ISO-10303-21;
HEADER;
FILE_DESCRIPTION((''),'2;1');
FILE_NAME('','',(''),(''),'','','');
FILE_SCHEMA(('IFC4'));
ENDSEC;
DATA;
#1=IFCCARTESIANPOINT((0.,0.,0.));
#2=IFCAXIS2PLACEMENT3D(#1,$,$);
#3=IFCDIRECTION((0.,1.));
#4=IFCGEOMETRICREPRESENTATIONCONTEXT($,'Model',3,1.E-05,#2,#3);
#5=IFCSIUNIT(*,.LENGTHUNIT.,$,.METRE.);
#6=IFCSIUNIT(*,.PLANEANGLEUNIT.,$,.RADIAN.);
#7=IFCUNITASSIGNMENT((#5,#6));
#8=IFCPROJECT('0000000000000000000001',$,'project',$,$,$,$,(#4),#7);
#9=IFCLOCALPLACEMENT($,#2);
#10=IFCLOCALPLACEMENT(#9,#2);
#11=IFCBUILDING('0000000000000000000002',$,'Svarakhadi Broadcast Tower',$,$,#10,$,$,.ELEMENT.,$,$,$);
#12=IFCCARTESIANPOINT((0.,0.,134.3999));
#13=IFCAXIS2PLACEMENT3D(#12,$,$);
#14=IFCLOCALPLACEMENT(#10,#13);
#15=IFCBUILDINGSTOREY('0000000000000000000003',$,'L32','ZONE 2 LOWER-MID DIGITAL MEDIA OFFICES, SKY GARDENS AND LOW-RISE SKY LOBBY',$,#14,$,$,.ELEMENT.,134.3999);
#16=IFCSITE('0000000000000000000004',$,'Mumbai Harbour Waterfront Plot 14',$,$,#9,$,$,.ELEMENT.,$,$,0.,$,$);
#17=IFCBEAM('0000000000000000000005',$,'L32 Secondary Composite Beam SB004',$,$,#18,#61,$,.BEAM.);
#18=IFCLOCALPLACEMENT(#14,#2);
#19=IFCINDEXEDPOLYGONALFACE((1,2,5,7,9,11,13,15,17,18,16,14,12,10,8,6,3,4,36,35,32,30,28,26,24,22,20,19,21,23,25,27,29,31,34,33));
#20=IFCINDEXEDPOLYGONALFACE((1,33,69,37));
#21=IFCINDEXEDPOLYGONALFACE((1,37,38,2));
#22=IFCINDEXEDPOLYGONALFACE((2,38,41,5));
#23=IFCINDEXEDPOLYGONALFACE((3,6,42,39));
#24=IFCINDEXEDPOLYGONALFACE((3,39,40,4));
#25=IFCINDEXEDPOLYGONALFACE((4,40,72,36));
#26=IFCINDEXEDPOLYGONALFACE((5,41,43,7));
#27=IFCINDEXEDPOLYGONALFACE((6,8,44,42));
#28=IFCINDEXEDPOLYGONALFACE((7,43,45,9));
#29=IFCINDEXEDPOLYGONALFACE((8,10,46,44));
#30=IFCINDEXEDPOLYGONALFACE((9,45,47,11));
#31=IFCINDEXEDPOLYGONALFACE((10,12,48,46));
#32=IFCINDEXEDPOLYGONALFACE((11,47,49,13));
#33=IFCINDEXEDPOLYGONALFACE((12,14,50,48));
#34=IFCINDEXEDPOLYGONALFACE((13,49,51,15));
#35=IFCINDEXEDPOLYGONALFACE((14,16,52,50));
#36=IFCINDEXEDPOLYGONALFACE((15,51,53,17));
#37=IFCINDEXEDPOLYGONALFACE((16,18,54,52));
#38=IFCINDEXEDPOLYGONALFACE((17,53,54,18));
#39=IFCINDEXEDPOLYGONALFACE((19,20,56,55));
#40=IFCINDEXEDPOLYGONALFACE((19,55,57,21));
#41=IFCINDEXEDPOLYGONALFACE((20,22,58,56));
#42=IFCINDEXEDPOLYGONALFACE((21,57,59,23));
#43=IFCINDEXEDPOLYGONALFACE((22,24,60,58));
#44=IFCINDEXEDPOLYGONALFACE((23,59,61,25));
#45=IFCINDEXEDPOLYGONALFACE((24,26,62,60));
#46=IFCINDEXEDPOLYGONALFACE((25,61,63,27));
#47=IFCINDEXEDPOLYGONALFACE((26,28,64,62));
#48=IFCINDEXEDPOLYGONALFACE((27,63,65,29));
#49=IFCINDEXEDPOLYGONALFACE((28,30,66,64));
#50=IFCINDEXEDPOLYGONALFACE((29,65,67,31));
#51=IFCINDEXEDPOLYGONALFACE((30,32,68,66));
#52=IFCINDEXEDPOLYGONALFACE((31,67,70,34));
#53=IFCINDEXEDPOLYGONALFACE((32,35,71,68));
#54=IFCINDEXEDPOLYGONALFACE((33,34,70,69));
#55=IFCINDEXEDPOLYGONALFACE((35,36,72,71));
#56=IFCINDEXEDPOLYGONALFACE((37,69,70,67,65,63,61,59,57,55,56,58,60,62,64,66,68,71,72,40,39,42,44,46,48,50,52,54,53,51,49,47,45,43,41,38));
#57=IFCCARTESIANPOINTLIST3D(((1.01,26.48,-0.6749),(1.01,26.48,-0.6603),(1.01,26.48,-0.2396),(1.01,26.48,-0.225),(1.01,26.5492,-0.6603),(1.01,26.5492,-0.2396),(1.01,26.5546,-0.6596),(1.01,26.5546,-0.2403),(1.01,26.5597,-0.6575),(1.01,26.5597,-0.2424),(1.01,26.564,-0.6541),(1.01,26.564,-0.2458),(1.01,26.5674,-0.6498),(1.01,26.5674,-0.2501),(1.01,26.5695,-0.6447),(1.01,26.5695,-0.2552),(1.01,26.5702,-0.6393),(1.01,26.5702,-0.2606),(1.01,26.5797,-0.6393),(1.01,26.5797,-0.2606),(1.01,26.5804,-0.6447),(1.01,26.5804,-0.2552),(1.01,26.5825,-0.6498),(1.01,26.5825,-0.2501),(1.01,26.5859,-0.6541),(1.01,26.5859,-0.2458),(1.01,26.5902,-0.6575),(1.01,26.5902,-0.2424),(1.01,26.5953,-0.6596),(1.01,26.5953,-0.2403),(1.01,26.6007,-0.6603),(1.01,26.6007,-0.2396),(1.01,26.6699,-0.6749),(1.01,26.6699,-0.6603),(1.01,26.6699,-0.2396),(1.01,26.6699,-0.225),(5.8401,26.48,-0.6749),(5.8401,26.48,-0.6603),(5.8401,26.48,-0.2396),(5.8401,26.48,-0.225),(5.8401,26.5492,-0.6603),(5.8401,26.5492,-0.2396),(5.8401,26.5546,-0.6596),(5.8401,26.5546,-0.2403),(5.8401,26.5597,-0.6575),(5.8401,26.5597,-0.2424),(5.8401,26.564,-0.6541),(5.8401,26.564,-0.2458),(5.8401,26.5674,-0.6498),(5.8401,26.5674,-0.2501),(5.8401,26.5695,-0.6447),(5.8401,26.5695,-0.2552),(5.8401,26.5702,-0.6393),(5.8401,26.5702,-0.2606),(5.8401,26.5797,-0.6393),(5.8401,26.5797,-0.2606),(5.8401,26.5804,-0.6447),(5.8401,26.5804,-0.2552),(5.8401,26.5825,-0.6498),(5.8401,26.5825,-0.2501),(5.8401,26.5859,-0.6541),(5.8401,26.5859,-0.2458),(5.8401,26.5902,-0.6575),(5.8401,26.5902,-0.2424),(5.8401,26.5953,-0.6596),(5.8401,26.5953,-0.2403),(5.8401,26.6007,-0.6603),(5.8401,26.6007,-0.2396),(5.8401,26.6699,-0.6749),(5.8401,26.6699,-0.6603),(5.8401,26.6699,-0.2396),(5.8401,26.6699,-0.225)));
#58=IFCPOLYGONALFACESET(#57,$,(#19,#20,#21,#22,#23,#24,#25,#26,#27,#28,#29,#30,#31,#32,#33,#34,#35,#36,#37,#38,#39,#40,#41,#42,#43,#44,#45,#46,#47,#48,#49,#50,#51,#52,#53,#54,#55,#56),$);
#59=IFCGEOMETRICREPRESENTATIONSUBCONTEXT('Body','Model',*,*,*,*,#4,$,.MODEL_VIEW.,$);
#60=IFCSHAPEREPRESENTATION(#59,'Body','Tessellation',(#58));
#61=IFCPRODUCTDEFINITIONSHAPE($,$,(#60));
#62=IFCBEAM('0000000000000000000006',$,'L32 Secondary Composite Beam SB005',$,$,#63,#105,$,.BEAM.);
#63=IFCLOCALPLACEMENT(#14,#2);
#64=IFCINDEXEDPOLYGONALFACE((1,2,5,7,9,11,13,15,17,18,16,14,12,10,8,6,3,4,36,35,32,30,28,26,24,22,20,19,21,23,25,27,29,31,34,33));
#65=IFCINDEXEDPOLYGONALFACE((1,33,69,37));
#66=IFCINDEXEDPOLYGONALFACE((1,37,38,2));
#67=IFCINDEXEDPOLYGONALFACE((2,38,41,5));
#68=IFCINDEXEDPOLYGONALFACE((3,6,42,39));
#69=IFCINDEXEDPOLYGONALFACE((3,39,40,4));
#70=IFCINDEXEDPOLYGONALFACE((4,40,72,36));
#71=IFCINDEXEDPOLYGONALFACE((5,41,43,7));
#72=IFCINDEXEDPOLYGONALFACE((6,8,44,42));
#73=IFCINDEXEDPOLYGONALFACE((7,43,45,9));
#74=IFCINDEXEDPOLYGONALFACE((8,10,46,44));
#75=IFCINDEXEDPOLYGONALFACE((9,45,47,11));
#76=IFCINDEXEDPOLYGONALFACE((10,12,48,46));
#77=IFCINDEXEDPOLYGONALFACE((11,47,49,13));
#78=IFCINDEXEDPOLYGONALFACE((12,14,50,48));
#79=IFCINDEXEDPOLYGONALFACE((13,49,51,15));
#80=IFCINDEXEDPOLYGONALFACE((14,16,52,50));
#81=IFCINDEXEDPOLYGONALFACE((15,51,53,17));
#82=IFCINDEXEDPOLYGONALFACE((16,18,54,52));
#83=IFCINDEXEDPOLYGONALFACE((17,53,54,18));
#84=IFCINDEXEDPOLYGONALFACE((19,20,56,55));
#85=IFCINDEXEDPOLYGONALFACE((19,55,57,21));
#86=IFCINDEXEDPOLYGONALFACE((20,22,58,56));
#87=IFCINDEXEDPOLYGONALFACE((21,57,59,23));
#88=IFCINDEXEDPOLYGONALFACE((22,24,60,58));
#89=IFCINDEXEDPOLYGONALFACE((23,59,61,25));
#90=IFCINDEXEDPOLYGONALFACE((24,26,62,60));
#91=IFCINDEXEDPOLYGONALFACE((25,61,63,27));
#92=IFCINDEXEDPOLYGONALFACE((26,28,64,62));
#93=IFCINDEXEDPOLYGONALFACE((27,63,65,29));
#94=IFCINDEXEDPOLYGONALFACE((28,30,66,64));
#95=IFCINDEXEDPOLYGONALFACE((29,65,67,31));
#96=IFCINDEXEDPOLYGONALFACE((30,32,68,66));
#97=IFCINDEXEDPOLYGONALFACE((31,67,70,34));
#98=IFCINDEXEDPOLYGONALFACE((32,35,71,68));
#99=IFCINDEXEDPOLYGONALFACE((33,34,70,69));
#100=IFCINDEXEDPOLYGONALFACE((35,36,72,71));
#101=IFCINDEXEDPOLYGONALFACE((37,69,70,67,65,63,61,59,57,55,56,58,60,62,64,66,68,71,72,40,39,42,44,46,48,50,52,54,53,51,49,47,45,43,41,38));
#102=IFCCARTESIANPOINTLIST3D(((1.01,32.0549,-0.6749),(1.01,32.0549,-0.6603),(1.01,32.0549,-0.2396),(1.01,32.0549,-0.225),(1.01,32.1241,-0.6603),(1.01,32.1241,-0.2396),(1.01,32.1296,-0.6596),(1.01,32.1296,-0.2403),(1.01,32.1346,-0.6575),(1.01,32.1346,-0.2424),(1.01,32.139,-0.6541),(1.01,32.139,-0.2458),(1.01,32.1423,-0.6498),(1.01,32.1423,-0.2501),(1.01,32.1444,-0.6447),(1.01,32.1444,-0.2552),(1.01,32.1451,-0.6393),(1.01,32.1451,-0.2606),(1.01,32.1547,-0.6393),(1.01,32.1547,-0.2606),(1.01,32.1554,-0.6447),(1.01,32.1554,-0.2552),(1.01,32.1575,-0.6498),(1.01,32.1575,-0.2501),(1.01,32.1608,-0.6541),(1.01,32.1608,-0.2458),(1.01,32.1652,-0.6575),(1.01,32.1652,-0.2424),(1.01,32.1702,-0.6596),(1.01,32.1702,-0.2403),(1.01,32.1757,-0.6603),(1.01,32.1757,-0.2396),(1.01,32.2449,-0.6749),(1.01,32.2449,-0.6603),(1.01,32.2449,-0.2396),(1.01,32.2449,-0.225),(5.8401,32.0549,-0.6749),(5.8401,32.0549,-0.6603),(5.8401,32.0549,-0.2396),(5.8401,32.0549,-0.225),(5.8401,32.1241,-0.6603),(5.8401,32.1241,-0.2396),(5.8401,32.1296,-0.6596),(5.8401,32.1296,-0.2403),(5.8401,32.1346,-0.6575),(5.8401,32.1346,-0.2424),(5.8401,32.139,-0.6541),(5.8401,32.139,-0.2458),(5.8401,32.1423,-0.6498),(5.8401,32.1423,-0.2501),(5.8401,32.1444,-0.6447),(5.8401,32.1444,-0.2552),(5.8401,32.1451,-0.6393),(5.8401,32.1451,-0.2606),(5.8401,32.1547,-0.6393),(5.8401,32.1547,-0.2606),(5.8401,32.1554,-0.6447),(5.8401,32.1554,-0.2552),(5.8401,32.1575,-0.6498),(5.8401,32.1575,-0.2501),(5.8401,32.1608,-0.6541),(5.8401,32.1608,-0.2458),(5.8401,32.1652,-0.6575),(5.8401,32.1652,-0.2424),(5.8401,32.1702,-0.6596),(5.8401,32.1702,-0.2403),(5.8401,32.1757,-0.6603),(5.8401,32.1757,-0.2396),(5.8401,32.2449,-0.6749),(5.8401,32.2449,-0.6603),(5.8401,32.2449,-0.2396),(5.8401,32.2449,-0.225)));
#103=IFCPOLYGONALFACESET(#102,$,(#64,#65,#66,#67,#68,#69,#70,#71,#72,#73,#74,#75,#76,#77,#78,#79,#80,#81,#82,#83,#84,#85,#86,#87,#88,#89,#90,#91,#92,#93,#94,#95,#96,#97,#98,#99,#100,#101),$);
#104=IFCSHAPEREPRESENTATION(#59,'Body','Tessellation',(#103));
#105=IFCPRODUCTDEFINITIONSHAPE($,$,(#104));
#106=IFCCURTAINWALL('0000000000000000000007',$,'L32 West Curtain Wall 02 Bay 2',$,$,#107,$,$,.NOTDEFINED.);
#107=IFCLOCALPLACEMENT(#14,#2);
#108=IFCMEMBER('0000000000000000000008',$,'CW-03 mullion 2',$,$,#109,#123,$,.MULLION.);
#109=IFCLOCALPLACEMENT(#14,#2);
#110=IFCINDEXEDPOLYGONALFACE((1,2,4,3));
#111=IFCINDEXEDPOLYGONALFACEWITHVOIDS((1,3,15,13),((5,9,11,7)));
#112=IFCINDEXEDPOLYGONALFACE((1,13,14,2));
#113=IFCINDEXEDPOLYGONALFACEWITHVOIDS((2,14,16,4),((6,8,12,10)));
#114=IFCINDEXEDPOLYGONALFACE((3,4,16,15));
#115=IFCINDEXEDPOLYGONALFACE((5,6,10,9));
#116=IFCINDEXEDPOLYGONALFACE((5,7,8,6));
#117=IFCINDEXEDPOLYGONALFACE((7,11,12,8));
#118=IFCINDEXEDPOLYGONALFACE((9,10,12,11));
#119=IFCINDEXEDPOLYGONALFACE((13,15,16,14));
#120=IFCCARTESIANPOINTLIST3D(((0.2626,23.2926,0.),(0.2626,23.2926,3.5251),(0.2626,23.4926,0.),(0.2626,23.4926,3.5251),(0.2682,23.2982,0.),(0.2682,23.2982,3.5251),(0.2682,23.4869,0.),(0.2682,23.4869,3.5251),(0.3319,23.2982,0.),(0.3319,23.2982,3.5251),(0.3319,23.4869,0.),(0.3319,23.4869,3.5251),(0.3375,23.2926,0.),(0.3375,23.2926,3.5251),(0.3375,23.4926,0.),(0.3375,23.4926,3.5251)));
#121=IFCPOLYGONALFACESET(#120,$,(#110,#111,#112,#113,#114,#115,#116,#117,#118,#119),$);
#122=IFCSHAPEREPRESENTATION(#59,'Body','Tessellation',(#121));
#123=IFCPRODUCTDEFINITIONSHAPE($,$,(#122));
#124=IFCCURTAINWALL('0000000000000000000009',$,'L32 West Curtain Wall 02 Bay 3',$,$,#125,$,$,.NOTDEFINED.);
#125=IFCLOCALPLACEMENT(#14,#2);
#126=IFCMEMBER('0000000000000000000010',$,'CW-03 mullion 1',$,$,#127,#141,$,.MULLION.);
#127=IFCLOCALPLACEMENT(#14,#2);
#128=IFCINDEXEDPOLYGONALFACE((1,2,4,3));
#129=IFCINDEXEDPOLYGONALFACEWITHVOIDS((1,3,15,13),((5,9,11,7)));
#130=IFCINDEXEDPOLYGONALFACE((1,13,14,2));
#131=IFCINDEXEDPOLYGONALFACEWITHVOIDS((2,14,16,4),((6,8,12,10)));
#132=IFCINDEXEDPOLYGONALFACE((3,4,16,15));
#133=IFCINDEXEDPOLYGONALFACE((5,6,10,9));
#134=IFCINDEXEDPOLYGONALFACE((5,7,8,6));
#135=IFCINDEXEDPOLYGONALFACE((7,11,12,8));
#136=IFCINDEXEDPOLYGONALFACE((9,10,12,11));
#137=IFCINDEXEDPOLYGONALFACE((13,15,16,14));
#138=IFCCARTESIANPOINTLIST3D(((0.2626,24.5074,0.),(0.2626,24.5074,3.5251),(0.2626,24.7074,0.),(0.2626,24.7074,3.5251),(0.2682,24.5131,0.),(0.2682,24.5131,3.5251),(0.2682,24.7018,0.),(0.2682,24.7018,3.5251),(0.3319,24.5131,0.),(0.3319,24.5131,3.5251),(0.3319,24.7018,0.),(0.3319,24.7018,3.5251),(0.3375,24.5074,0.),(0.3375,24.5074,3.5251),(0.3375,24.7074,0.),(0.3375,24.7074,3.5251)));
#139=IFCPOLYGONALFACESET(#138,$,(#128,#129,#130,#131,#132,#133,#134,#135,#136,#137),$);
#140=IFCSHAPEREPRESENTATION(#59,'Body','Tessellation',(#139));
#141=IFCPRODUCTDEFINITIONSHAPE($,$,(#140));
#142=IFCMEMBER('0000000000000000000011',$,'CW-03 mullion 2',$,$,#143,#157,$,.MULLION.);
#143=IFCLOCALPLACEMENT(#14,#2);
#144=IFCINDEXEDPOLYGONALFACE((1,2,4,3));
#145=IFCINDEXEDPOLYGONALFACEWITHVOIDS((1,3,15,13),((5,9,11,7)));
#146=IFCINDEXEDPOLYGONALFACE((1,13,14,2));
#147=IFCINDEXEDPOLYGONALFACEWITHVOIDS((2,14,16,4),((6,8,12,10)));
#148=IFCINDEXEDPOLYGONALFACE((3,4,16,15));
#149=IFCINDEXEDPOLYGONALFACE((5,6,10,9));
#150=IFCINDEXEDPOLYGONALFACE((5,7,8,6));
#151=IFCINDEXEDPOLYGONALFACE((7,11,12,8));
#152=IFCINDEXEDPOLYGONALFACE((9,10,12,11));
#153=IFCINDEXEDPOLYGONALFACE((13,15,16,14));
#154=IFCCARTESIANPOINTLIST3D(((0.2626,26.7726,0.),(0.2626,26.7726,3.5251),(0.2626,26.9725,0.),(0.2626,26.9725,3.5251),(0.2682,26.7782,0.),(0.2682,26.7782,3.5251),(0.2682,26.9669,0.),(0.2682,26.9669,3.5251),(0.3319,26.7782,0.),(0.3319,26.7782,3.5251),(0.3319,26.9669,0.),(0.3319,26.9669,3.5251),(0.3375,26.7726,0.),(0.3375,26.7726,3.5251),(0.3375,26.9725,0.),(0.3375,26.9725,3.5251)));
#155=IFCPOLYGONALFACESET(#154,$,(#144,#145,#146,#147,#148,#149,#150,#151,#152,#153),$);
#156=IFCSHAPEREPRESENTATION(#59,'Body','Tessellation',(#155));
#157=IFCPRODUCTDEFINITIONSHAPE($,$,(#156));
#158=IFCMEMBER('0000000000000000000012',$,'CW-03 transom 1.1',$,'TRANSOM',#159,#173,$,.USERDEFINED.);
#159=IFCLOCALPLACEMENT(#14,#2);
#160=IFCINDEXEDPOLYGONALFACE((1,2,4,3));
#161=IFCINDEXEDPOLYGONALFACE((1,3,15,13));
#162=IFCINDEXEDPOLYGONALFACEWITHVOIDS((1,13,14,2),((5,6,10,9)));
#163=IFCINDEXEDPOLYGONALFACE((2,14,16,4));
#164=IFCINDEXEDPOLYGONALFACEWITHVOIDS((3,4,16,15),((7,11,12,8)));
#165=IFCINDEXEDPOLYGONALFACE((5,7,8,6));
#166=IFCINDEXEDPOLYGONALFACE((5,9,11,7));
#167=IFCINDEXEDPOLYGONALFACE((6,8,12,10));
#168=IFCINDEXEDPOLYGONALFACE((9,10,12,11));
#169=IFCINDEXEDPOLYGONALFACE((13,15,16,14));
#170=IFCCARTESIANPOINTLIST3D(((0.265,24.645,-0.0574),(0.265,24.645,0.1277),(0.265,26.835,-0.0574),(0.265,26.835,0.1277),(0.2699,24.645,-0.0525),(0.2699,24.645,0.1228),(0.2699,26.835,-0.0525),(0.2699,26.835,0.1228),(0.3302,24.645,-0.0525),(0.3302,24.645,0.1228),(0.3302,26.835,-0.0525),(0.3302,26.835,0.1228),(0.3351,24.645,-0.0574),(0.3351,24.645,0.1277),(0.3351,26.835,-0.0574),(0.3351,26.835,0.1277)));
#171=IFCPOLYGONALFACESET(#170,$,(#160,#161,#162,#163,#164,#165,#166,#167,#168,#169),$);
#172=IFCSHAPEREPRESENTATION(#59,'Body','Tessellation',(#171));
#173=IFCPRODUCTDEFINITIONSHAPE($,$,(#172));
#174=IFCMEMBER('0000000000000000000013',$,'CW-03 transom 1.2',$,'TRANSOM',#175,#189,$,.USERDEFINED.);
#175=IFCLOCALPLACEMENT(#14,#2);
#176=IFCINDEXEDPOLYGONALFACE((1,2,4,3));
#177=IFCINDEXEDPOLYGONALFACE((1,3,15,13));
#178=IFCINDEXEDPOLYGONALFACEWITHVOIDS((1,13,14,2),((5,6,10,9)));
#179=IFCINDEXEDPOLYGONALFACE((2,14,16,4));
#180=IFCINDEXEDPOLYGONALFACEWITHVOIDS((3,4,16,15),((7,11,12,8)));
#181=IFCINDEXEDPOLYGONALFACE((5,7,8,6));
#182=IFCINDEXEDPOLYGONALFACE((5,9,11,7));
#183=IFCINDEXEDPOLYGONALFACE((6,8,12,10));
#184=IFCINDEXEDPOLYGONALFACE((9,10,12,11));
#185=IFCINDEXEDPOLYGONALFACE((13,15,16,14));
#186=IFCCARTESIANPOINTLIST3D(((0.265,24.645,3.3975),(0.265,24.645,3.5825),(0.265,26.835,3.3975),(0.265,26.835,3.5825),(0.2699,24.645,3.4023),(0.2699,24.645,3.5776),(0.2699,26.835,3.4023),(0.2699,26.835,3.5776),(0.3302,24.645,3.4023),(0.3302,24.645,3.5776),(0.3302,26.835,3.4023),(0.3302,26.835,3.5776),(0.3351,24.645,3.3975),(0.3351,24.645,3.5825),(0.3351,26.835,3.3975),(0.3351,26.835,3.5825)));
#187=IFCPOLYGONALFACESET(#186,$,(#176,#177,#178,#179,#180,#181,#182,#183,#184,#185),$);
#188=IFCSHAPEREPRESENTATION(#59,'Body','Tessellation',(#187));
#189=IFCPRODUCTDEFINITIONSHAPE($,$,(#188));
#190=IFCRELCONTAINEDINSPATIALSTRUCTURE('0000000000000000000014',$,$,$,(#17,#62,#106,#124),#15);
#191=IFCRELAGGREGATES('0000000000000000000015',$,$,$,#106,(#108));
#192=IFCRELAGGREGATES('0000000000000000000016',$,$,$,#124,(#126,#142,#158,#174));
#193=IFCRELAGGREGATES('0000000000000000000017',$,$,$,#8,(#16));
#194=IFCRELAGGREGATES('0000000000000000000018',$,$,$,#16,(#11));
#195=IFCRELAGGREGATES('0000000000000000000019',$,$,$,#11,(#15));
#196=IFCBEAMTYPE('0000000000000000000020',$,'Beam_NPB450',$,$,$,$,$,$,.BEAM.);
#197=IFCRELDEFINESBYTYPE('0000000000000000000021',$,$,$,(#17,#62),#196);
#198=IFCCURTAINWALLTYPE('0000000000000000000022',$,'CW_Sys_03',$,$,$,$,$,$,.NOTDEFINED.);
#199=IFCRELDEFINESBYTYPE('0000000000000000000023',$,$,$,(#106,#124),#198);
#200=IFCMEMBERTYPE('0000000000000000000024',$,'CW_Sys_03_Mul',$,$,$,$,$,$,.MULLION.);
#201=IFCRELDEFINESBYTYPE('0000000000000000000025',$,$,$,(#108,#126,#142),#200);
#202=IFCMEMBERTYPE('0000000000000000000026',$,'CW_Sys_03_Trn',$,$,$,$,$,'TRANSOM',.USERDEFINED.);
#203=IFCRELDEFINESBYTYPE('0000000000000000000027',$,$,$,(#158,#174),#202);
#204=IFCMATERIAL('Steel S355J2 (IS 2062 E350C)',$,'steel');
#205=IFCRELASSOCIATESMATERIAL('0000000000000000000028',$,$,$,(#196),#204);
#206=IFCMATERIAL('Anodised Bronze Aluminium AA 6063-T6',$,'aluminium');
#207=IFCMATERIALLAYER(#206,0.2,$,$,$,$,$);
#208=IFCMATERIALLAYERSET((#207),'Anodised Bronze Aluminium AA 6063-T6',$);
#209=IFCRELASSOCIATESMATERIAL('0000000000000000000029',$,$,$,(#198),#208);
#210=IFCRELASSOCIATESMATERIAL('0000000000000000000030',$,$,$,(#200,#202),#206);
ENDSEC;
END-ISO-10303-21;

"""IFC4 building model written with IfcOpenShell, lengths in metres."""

from ifc_helpers import new_model, si_unit, direction, frame, origin, origin_2d, place, context, subcontext, project, spatial, hollow_rectangle, i_section, extrude, material, layer, layer_set, material_profile, profile_set, type_object, element, aggregate, save


model = new_model("IFC4")

# Units and contexts
model_context = context("Model", 3, precision=1e-05, world=origin(), true_north=direction((0.0, 1.0)))
body_context = subcontext(model_context, "Body", "Model", "MODEL_VIEW")
ifc_project = project(units=[si_unit("LENGTHUNIT", "METRE"), si_unit("PLANEANGLEUNIT", "RADIAN")], contexts=[model_context])

# Site, building, storey
site_placement = place(None, origin())
site = spatial("IfcSite", under=ifc_project, at=site_placement, Name="Mumbai Harbour Waterfront Plot 14", CompositionType="ELEMENT", RefElevation=0.0)
building_placement = place(site_placement, origin())
building = spatial("IfcBuilding", under=site, at=building_placement, Name="Svarakhadi Broadcast Tower", CompositionType="ELEMENT")
storey_placement = place(building_placement, frame((0.0, 0.0, 134.3999)))
storey = spatial("IfcBuildingStorey", under=building, at=storey_placement, Name="L32", Description="ZONE 2 LOWER-MID DIGITAL MEDIA OFFICES, SKY GARDENS AND LOW-RISE SKY LOBBY", CompositionType="ELEMENT", Elevation=134.3999)

# Beams
ifc_material_1 = material(Name="Steel S355J2 (IS 2062 E350C)", Category="steel")
ifc_material_profile_1 = material_profile(ifc_material_1, i_section(OverallWidth=0.1899, OverallDepth=0.45, WebThickness=0.0095, FlangeThickness=0.0146, FilletRadius=0.021, at=origin_2d()), Name="NPB 450x190x78")
ifc_profile_set_1 = profile_set([ifc_material_profile_1], Name="Steel S355J2 (IS 2062 E350C)")
beam_type_1 = type_object("IfcBeamType", Name="Beam_NPB450", PredefinedType="BEAM", material=ifc_profile_set_1)
for number, where, z_axis, x_axis, name in (
    (1, (1.01, 26.575, -0.45), (1.0, 0.0, 0.0), (0.0, 1.0, 0.0), "L32 Secondary Composite Beam SB004"),
    (2, (1.01, 32.1499, -0.45), (1.0, 0.0, 0.0), (0.0, 1.0, 0.0), "L32 Secondary Composite Beam SB005"),
):
    element("IfcBeam", number, at=place(storey_placement, frame(where, z_axis=z_axis, x_axis=x_axis)), inside=storey, type_object=beam_type_1, Name=name, PredefinedType="BEAM", context=body_context, shape_type="SweptSolid", body=[
        extrude(i_section(OverallWidth=0.1899, OverallDepth=0.45, WebThickness=0.0095, FlangeThickness=0.0146, FilletRadius=0.021, at=origin_2d()), origin(), (0.0, 0.0, 1.0), 4.8301),
    ])

# Curtain wall, member
ifc_material_2 = material(Name="Anodised Bronze Aluminium AA 6063-T6", Category="aluminium")
ifc_layer_1 = layer(ifc_material_2, 0.2)
ifc_layer_set_1 = layer_set([ifc_layer_1], Name="Anodised Bronze Aluminium AA 6063-T6")
curtain_wall_type = type_object("IfcCurtainWallType", Name="CW_Sys_03", PredefinedType="NOTDEFINED", material=ifc_layer_set_1)
curtain_wall_1_placement = place(storey_placement, origin())
curtain_wall_1 = element("IfcCurtainWall", 3, at=curtain_wall_1_placement, inside=storey, type_object=curtain_wall_type, Name="L32 West Curtain Wall 02 Bay 2", PredefinedType="NOTDEFINED")
ifc_material_profile_2 = material_profile(ifc_material_2, hollow_rectangle(XDim=0.075, YDim=0.2, WallThickness=0.0056, at=origin_2d()), Name="ALU MULLION 200x75x6")
ifc_profile_set_2 = profile_set([ifc_material_profile_2], Name="Anodised Bronze Aluminium AA 6063-T6")
member_type_1 = type_object("IfcMemberType", Name="CW_Sys_03_Mul", PredefinedType="MULLION", material=ifc_profile_set_2)
member_1_placement = place(storey_placement, frame((0.3, 23.3926, 0.0), z_axis=(0.0, 0.0, 1.0), x_axis=(-1.0, 0.0, 0.0)))
member_1 = element("IfcMember", 4, at=member_1_placement, type_object=member_type_1, Name="CW-03 mullion 2", PredefinedType="MULLION", context=body_context, shape_type="SweptSolid", body=[
    extrude(hollow_rectangle(XDim=0.075, YDim=0.2, WallThickness=0.0056, at=origin_2d()), origin(), (0.0, 0.0, 1.0), 3.5251),
])
aggregate(curtain_wall_1, [member_1])

# Curtain wall, members
curtain_wall_2_placement = place(storey_placement, origin())
curtain_wall_2 = element("IfcCurtainWall", 5, at=curtain_wall_2_placement, inside=storey, type_object=curtain_wall_type, Name="L32 West Curtain Wall 02 Bay 3", PredefinedType="NOTDEFINED")
member_2_placement = place(storey_placement, frame((0.3, 24.6074, 0.0), z_axis=(0.0, 0.0, 1.0), x_axis=(-1.0, 0.0, 0.0)))
member_2 = element("IfcMember", 6, at=member_2_placement, type_object=member_type_1, Name="CW-03 mullion 1", PredefinedType="MULLION", context=body_context, shape_type="SweptSolid", body=[
    extrude(hollow_rectangle(XDim=0.075, YDim=0.2, WallThickness=0.0056, at=origin_2d()), origin(), (0.0, 0.0, 1.0), 3.5251),
])
member_3_placement = place(storey_placement, frame((0.3, 26.8726, 0.0), z_axis=(0.0, 0.0, 1.0), x_axis=(-1.0, 0.0, 0.0)))
member_3 = element("IfcMember", 7, at=member_3_placement, type_object=member_type_1, Name="CW-03 mullion 2", PredefinedType="MULLION", context=body_context, shape_type="SweptSolid", body=[
    extrude(hollow_rectangle(XDim=0.075, YDim=0.2, WallThickness=0.0056, at=origin_2d()), origin(), (0.0, 0.0, 1.0), 3.5251),
])
ifc_material_profile_3 = material_profile(ifc_material_2, hollow_rectangle(XDim=0.0701, YDim=0.1851, WallThickness=0.0049, at=origin_2d()), Name="ALU TRANSOM 185x70x5")
ifc_profile_set_3 = profile_set([ifc_material_profile_3], Name="Anodised Bronze Aluminium AA 6063-T6")
member_type_2 = type_object("IfcMemberType", Name="CW_Sys_03_Trn", ElementType="TRANSOM", PredefinedType="USERDEFINED", material=ifc_profile_set_3)
member_4_placement = place(storey_placement, frame((0.3, 24.645, 0.0352), z_axis=(0.0, 1.0, 0.0), x_axis=(-1.0, 0.0, 0.0)))
member_4 = element("IfcMember", 8, at=member_4_placement, type_object=member_type_2, Name="CW-03 transom 1.1", ObjectType="TRANSOM", PredefinedType="USERDEFINED", context=body_context, shape_type="SweptSolid", body=[
    extrude(hollow_rectangle(XDim=0.0701, YDim=0.1851, WallThickness=0.0049, at=origin_2d()), origin(), (0.0, 0.0, 1.0), 2.1899),
])
member_5_placement = place(storey_placement, frame((0.3, 24.645, 3.49), z_axis=(0.0, 1.0, 0.0), x_axis=(-1.0, 0.0, 0.0)))
member_5 = element("IfcMember", 9, at=member_5_placement, type_object=member_type_2, Name="CW-03 transom 1.2", ObjectType="TRANSOM", PredefinedType="USERDEFINED", context=body_context, shape_type="SweptSolid", body=[
    extrude(hollow_rectangle(XDim=0.0701, YDim=0.1851, WallThickness=0.0049, at=origin_2d()), origin(), (0.0, 0.0, 1.0), 2.1899),
])

aggregate(curtain_wall_2, [member_2, member_3, member_4, member_5])

save(model, "model.ifc")
